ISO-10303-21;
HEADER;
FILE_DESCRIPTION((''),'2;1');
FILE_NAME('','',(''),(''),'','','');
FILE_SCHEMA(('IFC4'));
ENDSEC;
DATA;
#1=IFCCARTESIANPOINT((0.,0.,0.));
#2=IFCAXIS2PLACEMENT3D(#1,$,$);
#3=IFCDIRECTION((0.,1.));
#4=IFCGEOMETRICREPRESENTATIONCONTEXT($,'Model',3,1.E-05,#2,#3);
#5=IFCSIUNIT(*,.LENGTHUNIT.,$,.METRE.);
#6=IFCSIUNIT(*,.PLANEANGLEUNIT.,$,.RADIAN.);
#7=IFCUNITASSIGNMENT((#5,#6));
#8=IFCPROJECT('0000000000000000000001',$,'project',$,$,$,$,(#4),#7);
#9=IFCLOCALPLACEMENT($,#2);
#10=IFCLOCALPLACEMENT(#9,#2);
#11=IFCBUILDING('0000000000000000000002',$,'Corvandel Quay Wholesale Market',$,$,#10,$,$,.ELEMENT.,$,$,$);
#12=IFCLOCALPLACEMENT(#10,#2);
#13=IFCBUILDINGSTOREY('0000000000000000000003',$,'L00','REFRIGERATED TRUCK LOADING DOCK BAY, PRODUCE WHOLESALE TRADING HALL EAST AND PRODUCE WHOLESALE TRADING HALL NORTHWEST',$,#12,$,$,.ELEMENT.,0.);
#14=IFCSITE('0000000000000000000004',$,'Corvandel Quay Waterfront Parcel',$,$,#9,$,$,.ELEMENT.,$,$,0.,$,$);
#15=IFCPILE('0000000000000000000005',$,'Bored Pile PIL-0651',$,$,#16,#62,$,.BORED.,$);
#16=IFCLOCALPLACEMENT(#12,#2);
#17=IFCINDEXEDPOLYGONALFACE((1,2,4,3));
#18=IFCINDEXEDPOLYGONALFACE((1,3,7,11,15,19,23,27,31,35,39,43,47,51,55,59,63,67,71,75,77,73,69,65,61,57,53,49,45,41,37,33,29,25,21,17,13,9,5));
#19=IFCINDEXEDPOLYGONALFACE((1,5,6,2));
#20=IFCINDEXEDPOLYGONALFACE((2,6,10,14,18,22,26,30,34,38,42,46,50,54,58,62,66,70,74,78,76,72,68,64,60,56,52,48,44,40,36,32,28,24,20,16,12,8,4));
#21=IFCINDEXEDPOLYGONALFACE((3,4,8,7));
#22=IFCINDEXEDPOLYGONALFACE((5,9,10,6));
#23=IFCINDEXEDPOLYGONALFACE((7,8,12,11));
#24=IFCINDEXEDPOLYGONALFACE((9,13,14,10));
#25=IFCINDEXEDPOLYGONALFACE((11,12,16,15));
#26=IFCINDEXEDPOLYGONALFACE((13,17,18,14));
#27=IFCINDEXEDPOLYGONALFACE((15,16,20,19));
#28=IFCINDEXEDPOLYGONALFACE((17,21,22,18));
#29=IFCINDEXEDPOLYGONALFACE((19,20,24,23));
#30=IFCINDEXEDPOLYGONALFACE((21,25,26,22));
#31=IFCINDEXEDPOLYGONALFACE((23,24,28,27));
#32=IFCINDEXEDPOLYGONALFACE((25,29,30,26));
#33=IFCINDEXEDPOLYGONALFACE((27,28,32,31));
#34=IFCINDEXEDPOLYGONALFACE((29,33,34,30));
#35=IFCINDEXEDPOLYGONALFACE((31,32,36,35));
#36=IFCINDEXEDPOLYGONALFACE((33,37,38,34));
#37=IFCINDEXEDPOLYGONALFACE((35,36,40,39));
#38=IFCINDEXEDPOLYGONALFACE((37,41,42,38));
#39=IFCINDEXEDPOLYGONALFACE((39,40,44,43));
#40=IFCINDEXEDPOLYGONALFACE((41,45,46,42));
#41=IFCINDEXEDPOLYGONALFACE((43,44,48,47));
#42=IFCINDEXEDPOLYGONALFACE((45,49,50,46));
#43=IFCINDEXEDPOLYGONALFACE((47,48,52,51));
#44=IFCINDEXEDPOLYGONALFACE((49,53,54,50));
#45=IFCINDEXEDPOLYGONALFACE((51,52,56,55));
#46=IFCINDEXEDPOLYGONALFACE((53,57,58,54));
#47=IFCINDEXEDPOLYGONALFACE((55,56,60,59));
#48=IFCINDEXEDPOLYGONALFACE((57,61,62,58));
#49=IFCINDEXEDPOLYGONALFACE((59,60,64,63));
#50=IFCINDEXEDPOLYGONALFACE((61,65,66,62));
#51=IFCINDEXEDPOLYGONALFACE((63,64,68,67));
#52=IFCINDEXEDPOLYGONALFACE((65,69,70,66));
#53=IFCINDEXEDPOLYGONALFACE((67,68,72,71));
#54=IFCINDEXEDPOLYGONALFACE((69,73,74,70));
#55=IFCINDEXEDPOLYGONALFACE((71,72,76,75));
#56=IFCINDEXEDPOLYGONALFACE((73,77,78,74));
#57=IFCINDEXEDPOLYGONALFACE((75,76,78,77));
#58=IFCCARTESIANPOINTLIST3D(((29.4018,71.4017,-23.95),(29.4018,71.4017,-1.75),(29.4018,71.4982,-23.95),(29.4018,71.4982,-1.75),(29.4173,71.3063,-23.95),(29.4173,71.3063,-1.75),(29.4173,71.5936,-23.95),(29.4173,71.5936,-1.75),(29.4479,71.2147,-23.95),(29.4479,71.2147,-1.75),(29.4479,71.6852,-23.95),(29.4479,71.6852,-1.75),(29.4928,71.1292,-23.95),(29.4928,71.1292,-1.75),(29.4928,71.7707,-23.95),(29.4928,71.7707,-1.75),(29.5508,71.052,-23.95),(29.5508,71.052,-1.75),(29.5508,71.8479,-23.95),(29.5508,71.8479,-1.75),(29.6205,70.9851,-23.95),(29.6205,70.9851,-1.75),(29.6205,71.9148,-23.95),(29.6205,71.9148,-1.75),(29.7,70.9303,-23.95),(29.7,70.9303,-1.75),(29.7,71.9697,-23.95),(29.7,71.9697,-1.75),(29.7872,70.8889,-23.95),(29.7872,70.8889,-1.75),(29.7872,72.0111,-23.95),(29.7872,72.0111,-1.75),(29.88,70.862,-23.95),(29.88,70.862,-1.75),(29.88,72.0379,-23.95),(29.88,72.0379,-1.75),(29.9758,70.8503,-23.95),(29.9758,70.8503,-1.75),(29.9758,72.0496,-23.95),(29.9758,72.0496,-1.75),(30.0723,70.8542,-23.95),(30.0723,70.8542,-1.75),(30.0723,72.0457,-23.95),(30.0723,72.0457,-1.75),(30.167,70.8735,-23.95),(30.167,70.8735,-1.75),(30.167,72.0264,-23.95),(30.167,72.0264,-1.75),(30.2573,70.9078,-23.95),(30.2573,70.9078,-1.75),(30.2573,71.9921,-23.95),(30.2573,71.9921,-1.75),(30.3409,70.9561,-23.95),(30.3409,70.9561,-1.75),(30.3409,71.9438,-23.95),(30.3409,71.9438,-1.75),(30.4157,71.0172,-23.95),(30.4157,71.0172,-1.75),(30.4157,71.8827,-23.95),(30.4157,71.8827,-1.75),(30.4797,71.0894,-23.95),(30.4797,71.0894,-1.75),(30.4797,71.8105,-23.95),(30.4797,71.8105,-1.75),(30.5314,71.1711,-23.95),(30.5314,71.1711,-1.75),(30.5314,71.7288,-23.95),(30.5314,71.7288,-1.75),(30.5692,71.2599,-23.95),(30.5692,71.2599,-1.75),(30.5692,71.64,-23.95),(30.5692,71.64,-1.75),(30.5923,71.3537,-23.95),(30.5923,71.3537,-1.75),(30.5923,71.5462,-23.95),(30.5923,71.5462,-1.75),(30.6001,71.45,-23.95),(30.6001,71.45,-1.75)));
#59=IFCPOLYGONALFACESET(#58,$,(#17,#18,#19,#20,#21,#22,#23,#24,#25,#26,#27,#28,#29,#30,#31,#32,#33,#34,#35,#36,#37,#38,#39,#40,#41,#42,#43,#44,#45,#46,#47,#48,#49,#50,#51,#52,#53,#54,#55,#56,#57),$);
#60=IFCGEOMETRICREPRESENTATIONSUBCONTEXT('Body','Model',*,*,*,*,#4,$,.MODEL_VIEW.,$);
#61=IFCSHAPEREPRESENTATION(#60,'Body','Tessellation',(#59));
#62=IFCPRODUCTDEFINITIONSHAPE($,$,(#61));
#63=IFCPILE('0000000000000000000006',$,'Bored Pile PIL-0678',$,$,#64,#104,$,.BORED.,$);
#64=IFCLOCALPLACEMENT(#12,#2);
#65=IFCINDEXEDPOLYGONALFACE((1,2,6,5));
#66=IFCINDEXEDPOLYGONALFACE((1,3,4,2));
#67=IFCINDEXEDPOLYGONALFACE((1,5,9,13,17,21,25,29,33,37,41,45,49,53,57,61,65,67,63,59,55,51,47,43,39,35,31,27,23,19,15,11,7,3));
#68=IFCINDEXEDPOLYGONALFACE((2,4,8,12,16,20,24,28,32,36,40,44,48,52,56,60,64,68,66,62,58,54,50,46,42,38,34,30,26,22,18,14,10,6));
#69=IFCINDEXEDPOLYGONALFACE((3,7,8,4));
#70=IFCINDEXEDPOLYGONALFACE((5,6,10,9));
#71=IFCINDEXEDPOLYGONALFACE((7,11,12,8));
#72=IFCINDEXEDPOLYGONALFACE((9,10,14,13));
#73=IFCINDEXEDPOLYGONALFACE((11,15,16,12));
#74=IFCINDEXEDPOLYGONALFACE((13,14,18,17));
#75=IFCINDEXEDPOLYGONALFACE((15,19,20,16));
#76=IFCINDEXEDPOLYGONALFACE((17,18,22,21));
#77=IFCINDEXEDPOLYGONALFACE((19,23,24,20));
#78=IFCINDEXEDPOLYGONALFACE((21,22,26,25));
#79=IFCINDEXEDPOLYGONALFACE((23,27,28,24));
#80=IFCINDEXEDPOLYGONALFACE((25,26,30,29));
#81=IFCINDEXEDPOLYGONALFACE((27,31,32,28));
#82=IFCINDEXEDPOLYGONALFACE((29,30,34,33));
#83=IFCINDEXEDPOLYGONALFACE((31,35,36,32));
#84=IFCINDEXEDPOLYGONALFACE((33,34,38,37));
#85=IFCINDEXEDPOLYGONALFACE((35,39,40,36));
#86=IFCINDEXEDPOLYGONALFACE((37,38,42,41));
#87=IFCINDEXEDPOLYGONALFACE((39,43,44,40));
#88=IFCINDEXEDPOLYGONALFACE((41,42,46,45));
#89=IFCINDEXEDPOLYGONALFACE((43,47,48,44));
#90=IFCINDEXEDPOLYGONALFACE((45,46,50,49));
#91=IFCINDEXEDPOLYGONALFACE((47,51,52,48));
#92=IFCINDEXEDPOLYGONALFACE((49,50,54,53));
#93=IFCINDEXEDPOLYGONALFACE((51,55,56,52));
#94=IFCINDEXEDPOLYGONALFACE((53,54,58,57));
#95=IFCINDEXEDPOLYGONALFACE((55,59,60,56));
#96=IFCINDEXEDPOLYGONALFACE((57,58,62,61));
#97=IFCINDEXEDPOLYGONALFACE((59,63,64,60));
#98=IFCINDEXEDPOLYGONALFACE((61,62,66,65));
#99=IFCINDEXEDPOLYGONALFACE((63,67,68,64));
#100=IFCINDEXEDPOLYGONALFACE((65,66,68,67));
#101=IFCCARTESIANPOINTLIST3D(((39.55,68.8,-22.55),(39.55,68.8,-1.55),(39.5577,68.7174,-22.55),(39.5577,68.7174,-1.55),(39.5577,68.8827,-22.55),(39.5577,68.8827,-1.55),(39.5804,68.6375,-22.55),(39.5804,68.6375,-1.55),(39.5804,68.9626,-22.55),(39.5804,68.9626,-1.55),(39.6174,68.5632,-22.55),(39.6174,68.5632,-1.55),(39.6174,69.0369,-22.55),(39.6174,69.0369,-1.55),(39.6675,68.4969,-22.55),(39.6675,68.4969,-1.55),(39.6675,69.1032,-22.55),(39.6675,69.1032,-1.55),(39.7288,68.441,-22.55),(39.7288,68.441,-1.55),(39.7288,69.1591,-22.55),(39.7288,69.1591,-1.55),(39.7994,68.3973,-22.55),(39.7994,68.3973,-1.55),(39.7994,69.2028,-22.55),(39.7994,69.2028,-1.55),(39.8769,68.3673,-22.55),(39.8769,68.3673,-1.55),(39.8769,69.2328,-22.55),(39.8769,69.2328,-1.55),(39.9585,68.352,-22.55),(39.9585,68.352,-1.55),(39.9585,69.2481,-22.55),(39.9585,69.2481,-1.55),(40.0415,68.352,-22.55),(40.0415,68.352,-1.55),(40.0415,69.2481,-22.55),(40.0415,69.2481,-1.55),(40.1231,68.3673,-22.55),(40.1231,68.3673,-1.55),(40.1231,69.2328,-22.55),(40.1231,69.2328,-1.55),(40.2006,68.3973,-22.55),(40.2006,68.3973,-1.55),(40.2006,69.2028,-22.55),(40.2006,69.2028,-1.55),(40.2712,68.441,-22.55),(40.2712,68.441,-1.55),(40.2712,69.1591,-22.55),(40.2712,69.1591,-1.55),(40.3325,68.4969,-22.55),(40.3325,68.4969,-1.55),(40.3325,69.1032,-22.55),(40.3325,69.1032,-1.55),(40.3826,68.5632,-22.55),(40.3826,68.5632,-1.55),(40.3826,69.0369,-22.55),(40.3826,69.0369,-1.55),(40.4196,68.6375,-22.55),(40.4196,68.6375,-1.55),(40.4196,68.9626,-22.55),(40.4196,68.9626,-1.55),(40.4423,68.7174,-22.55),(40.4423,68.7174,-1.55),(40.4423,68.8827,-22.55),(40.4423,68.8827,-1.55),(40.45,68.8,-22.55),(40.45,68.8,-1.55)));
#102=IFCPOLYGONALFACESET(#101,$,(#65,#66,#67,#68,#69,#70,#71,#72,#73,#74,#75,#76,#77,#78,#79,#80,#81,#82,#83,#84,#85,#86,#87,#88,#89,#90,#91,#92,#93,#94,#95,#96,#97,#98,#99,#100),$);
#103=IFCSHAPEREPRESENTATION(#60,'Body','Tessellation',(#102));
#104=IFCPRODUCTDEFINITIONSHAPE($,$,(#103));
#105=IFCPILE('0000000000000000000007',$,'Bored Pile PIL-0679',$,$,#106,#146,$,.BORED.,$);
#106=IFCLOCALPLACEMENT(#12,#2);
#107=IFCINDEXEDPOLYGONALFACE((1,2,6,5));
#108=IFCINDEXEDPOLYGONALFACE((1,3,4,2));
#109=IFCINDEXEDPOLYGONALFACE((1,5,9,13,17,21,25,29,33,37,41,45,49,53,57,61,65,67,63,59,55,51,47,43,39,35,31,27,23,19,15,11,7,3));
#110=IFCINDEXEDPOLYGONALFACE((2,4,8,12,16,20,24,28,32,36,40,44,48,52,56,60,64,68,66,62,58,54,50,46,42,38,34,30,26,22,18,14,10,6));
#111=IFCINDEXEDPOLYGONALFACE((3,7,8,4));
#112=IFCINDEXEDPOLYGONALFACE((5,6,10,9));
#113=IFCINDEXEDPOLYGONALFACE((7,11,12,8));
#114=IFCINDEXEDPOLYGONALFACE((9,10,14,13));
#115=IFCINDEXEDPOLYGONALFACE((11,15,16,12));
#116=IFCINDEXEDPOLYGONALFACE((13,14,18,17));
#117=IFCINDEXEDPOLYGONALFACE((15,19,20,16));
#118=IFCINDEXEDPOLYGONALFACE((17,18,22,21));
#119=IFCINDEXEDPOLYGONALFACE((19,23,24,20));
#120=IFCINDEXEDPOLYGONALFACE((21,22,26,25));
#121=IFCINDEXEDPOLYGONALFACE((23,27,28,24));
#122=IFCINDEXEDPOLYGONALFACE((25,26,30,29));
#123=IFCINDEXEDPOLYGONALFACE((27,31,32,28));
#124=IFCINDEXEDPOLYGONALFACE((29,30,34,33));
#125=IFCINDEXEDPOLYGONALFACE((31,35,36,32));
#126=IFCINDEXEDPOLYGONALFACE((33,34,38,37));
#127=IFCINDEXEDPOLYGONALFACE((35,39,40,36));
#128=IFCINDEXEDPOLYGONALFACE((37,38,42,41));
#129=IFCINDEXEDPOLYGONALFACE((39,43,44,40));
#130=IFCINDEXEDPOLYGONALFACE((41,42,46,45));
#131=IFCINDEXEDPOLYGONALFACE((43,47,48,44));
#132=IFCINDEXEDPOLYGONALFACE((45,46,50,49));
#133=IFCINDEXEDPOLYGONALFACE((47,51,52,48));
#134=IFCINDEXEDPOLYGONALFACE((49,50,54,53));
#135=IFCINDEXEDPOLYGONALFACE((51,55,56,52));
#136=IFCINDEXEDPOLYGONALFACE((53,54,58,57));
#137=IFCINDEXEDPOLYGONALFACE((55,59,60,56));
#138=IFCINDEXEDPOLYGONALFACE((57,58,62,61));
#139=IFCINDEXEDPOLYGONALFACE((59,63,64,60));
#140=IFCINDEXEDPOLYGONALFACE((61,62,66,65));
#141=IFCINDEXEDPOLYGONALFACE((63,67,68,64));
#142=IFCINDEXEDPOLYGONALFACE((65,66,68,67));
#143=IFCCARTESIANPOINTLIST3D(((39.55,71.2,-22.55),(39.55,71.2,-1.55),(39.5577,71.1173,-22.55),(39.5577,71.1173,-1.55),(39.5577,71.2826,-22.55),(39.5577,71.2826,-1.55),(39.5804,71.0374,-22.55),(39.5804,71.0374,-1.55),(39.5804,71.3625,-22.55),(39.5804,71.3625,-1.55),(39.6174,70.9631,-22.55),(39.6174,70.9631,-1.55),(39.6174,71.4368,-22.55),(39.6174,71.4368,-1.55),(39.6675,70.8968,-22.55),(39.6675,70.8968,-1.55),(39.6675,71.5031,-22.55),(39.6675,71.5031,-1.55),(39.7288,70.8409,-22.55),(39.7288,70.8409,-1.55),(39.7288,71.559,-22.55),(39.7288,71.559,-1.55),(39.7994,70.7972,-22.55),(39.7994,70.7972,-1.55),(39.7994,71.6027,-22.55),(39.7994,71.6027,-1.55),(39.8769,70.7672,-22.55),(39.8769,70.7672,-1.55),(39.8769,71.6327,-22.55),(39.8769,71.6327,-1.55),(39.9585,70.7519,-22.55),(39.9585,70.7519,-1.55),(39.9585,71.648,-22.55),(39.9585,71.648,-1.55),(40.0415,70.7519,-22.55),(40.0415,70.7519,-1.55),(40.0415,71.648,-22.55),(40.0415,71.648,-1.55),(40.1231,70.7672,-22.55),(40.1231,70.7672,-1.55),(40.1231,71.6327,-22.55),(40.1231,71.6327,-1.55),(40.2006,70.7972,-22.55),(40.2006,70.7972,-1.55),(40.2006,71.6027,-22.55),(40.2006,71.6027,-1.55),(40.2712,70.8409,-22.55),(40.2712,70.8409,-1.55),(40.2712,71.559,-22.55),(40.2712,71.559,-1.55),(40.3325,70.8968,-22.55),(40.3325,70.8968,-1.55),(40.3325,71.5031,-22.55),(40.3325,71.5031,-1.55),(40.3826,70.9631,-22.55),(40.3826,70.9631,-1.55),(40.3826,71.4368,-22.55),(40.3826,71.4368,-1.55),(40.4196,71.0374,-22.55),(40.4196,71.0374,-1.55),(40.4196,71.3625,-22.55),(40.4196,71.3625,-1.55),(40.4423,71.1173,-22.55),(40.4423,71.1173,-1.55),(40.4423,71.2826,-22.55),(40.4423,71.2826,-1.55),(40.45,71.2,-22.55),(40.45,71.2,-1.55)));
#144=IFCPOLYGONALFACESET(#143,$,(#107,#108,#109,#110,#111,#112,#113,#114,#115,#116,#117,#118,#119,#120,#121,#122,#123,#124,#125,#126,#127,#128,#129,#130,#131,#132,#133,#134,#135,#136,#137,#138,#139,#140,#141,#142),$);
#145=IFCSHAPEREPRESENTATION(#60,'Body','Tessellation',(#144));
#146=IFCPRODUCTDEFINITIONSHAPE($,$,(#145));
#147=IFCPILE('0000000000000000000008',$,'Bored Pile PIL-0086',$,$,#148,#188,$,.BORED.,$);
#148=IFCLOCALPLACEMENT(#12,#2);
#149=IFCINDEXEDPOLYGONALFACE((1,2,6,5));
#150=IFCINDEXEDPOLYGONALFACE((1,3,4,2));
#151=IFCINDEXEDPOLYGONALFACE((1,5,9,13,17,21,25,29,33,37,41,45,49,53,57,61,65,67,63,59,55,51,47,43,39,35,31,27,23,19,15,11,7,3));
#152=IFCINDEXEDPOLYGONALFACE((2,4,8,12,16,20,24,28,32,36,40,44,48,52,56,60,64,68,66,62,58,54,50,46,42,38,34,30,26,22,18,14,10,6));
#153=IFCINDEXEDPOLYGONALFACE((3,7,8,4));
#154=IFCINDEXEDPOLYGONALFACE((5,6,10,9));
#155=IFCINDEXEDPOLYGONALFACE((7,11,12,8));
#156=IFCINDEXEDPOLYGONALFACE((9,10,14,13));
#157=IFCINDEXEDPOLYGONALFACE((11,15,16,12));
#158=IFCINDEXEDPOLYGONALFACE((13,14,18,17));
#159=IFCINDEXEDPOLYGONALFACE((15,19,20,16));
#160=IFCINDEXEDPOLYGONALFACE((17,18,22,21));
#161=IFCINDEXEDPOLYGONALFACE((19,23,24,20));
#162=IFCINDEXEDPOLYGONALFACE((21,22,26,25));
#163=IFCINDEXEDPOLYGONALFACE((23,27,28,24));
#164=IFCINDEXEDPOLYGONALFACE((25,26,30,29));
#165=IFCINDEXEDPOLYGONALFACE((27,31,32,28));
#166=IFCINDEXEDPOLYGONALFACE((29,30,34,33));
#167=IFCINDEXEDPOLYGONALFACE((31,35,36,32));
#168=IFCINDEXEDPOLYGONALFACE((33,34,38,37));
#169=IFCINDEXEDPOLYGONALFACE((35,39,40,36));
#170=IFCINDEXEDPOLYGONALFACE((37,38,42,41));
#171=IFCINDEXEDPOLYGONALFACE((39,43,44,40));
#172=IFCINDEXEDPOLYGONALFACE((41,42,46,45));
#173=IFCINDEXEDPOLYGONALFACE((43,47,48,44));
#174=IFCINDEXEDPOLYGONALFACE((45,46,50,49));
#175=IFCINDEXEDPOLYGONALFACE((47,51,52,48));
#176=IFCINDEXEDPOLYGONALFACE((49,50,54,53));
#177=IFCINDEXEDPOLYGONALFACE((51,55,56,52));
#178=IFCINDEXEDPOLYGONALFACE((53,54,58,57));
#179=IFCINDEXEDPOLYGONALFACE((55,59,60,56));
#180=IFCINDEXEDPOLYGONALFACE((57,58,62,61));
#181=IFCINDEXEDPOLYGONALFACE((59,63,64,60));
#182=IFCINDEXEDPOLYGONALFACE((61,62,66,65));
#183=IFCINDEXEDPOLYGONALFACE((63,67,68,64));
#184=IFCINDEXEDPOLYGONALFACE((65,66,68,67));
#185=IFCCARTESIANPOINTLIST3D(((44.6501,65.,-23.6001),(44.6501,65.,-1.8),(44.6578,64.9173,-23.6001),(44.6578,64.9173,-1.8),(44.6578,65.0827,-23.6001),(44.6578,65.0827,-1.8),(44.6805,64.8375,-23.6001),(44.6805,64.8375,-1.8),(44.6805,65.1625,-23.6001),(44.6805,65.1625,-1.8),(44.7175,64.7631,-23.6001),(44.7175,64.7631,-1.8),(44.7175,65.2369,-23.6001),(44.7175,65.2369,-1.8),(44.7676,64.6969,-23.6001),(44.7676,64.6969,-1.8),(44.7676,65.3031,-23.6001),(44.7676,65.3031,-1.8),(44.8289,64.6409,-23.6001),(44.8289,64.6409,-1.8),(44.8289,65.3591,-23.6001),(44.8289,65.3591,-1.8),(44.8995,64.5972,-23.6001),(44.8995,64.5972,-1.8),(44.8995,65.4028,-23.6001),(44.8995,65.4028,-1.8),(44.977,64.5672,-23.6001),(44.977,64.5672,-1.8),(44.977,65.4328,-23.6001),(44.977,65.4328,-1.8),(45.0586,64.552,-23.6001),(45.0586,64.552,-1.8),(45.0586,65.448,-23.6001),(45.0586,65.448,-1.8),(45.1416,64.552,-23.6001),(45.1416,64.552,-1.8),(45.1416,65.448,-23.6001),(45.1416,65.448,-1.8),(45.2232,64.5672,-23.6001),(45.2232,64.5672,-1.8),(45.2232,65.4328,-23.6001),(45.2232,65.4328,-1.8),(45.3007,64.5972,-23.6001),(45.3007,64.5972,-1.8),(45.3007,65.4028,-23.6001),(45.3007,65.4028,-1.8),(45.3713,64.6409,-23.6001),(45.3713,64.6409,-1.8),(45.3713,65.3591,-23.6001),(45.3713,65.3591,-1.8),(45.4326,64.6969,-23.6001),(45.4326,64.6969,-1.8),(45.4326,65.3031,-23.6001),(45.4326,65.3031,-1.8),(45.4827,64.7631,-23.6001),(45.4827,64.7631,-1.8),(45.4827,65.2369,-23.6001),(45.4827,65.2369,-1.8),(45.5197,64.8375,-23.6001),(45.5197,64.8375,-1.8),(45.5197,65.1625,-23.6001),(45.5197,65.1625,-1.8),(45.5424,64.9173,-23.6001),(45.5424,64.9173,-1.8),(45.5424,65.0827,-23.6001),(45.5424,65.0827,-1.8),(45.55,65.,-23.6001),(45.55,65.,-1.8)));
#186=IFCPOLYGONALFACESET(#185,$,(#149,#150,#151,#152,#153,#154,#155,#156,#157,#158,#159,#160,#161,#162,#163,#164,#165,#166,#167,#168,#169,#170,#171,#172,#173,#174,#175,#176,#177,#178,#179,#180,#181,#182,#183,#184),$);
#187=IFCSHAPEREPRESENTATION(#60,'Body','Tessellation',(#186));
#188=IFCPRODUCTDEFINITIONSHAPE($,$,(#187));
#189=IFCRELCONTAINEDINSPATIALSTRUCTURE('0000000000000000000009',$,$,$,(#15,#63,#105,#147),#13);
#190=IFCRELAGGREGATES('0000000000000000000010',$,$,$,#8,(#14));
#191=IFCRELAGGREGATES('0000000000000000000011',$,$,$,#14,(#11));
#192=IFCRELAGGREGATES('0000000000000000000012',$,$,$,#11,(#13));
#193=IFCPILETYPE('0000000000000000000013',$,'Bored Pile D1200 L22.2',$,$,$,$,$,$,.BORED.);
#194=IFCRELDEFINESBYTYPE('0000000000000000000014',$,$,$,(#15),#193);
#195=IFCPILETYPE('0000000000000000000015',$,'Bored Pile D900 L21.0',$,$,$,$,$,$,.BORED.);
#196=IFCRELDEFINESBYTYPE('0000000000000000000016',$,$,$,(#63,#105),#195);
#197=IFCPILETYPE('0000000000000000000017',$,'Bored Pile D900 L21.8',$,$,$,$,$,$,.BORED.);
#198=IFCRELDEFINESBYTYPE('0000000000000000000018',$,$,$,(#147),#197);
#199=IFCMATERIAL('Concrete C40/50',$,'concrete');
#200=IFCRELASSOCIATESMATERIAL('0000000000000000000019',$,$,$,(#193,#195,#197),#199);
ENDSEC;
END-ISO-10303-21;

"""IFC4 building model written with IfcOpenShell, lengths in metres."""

from ifc_helpers import new_model, si_unit, direction, frame, origin, origin_2d, place, context, subcontext, project, spatial, circle, extrude, material, material_profile, profile_set, type_object, element, save


model = new_model("IFC4")

# Units and contexts
model_context = context("Model", 3, precision=1e-05, world=origin(), true_north=direction((0.0, 1.0)))
body_context = subcontext(model_context, "Body", "Model", "MODEL_VIEW")
ifc_project = project(units=[si_unit("LENGTHUNIT", "METRE"), si_unit("PLANEANGLEUNIT", "RADIAN")], contexts=[model_context])

# Site, building, storey
site_placement = place(None, origin())
site = spatial("IfcSite", under=ifc_project, at=site_placement, Name="Corvandel Quay Waterfront Parcel", CompositionType="ELEMENT", RefElevation=0.0)
building_placement = place(site_placement, origin())
building = spatial("IfcBuilding", under=site, at=building_placement, Name="Corvandel Quay Wholesale Market", CompositionType="ELEMENT")
storey_placement = place(building_placement, origin())
storey = spatial("IfcBuildingStorey", under=building, at=storey_placement, Name="L00", Description="REFRIGERATED TRUCK LOADING DOCK BAY, PRODUCE WHOLESALE TRADING HALL EAST AND PRODUCE WHOLESALE TRADING HALL NORTHWEST", CompositionType="ELEMENT", Elevation=0.0)

# Piles
ifc_material_1 = material(Name="Concrete C40/50", Category="concrete")
ifc_material_profile_1 = material_profile(ifc_material_1, circle(Radius=0.6001, at=origin_2d()), Name="RC-PILE-D1200")
ifc_profile_set_1 = profile_set([ifc_material_profile_1], Name="Concrete C40/50")
pile_type_1 = type_object("IfcPileType", Name="Bored Pile D1200 L22.2", PredefinedType="BORED", material=ifc_profile_set_1)
pile_placement = place(storey_placement, frame((30.0, 71.45, -1.75), z_axis=(0.0, 0.0, -1.0), x_axis=(1.0, 0.0, 0.0)))
element("IfcPile", 1, at=pile_placement, inside=storey, type_object=pile_type_1, Name="Bored Pile PIL-0651", PredefinedType="BORED", context=body_context, shape_type="SweptSolid", body=[
    extrude(circle(Radius=0.6001, at=origin_2d()), origin(), (0.0, 0.0, 1.0), 22.2),
])
ifc_material_profile_2 = material_profile(ifc_material_1, circle(Radius=0.45, at=origin_2d()), Name="RC-PILE-D900")
ifc_profile_set_2 = profile_set([ifc_material_profile_2], Name="Concrete C40/50")
pile_type_2 = type_object("IfcPileType", Name="Bored Pile D900 L21.0", PredefinedType="BORED", material=ifc_profile_set_2)
for number, where, z_axis, x_axis, name in (
    (2, (40.0, 68.8, -1.55), (0.0, 0.0, -1.0), (1.0, 0.0, 0.0), "Bored Pile PIL-0678"),
    (3, (40.0, 71.2, -1.55), (0.0, 0.0, -1.0), (1.0, 0.0, 0.0), "Bored Pile PIL-0679"),
):
    element("IfcPile", number, at=place(storey_placement, frame(where, z_axis=z_axis, x_axis=x_axis)), inside=storey, type_object=pile_type_2, Name=name, PredefinedType="BORED", context=body_context, shape_type="SweptSolid", body=[
        extrude(circle(Radius=0.45, at=origin_2d()), origin(), (0.0, 0.0, 1.0), 21.0),
    ])
ifc_material_profile_3 = material_profile(ifc_material_1, circle(Radius=0.45, at=origin_2d()), Name="RC-PILE-D900")
ifc_profile_set_3 = profile_set([ifc_material_profile_3], Name="Concrete C40/50")
pile_type_3 = type_object("IfcPileType", Name="Bored Pile D900 L21.8", PredefinedType="BORED", material=ifc_profile_set_3)
for number, where, z_axis, x_axis, name in (
    (4, (45.1001, 65.0, -1.8), (0.0, 0.0, -1.0), (1.0, 0.0, 0.0), "Bored Pile PIL-0086"),
):
    element("IfcPile", number, at=place(storey_placement, frame(where, z_axis=z_axis, x_axis=x_axis)), inside=storey, type_object=pile_type_3, Name=name, PredefinedType="BORED", context=body_context, shape_type="SweptSolid", body=[
        extrude(circle(Radius=0.45, at=origin_2d()), origin(), (0.0, 0.0, 1.0), 21.8),
    ])

save(model, "model.ifc")
